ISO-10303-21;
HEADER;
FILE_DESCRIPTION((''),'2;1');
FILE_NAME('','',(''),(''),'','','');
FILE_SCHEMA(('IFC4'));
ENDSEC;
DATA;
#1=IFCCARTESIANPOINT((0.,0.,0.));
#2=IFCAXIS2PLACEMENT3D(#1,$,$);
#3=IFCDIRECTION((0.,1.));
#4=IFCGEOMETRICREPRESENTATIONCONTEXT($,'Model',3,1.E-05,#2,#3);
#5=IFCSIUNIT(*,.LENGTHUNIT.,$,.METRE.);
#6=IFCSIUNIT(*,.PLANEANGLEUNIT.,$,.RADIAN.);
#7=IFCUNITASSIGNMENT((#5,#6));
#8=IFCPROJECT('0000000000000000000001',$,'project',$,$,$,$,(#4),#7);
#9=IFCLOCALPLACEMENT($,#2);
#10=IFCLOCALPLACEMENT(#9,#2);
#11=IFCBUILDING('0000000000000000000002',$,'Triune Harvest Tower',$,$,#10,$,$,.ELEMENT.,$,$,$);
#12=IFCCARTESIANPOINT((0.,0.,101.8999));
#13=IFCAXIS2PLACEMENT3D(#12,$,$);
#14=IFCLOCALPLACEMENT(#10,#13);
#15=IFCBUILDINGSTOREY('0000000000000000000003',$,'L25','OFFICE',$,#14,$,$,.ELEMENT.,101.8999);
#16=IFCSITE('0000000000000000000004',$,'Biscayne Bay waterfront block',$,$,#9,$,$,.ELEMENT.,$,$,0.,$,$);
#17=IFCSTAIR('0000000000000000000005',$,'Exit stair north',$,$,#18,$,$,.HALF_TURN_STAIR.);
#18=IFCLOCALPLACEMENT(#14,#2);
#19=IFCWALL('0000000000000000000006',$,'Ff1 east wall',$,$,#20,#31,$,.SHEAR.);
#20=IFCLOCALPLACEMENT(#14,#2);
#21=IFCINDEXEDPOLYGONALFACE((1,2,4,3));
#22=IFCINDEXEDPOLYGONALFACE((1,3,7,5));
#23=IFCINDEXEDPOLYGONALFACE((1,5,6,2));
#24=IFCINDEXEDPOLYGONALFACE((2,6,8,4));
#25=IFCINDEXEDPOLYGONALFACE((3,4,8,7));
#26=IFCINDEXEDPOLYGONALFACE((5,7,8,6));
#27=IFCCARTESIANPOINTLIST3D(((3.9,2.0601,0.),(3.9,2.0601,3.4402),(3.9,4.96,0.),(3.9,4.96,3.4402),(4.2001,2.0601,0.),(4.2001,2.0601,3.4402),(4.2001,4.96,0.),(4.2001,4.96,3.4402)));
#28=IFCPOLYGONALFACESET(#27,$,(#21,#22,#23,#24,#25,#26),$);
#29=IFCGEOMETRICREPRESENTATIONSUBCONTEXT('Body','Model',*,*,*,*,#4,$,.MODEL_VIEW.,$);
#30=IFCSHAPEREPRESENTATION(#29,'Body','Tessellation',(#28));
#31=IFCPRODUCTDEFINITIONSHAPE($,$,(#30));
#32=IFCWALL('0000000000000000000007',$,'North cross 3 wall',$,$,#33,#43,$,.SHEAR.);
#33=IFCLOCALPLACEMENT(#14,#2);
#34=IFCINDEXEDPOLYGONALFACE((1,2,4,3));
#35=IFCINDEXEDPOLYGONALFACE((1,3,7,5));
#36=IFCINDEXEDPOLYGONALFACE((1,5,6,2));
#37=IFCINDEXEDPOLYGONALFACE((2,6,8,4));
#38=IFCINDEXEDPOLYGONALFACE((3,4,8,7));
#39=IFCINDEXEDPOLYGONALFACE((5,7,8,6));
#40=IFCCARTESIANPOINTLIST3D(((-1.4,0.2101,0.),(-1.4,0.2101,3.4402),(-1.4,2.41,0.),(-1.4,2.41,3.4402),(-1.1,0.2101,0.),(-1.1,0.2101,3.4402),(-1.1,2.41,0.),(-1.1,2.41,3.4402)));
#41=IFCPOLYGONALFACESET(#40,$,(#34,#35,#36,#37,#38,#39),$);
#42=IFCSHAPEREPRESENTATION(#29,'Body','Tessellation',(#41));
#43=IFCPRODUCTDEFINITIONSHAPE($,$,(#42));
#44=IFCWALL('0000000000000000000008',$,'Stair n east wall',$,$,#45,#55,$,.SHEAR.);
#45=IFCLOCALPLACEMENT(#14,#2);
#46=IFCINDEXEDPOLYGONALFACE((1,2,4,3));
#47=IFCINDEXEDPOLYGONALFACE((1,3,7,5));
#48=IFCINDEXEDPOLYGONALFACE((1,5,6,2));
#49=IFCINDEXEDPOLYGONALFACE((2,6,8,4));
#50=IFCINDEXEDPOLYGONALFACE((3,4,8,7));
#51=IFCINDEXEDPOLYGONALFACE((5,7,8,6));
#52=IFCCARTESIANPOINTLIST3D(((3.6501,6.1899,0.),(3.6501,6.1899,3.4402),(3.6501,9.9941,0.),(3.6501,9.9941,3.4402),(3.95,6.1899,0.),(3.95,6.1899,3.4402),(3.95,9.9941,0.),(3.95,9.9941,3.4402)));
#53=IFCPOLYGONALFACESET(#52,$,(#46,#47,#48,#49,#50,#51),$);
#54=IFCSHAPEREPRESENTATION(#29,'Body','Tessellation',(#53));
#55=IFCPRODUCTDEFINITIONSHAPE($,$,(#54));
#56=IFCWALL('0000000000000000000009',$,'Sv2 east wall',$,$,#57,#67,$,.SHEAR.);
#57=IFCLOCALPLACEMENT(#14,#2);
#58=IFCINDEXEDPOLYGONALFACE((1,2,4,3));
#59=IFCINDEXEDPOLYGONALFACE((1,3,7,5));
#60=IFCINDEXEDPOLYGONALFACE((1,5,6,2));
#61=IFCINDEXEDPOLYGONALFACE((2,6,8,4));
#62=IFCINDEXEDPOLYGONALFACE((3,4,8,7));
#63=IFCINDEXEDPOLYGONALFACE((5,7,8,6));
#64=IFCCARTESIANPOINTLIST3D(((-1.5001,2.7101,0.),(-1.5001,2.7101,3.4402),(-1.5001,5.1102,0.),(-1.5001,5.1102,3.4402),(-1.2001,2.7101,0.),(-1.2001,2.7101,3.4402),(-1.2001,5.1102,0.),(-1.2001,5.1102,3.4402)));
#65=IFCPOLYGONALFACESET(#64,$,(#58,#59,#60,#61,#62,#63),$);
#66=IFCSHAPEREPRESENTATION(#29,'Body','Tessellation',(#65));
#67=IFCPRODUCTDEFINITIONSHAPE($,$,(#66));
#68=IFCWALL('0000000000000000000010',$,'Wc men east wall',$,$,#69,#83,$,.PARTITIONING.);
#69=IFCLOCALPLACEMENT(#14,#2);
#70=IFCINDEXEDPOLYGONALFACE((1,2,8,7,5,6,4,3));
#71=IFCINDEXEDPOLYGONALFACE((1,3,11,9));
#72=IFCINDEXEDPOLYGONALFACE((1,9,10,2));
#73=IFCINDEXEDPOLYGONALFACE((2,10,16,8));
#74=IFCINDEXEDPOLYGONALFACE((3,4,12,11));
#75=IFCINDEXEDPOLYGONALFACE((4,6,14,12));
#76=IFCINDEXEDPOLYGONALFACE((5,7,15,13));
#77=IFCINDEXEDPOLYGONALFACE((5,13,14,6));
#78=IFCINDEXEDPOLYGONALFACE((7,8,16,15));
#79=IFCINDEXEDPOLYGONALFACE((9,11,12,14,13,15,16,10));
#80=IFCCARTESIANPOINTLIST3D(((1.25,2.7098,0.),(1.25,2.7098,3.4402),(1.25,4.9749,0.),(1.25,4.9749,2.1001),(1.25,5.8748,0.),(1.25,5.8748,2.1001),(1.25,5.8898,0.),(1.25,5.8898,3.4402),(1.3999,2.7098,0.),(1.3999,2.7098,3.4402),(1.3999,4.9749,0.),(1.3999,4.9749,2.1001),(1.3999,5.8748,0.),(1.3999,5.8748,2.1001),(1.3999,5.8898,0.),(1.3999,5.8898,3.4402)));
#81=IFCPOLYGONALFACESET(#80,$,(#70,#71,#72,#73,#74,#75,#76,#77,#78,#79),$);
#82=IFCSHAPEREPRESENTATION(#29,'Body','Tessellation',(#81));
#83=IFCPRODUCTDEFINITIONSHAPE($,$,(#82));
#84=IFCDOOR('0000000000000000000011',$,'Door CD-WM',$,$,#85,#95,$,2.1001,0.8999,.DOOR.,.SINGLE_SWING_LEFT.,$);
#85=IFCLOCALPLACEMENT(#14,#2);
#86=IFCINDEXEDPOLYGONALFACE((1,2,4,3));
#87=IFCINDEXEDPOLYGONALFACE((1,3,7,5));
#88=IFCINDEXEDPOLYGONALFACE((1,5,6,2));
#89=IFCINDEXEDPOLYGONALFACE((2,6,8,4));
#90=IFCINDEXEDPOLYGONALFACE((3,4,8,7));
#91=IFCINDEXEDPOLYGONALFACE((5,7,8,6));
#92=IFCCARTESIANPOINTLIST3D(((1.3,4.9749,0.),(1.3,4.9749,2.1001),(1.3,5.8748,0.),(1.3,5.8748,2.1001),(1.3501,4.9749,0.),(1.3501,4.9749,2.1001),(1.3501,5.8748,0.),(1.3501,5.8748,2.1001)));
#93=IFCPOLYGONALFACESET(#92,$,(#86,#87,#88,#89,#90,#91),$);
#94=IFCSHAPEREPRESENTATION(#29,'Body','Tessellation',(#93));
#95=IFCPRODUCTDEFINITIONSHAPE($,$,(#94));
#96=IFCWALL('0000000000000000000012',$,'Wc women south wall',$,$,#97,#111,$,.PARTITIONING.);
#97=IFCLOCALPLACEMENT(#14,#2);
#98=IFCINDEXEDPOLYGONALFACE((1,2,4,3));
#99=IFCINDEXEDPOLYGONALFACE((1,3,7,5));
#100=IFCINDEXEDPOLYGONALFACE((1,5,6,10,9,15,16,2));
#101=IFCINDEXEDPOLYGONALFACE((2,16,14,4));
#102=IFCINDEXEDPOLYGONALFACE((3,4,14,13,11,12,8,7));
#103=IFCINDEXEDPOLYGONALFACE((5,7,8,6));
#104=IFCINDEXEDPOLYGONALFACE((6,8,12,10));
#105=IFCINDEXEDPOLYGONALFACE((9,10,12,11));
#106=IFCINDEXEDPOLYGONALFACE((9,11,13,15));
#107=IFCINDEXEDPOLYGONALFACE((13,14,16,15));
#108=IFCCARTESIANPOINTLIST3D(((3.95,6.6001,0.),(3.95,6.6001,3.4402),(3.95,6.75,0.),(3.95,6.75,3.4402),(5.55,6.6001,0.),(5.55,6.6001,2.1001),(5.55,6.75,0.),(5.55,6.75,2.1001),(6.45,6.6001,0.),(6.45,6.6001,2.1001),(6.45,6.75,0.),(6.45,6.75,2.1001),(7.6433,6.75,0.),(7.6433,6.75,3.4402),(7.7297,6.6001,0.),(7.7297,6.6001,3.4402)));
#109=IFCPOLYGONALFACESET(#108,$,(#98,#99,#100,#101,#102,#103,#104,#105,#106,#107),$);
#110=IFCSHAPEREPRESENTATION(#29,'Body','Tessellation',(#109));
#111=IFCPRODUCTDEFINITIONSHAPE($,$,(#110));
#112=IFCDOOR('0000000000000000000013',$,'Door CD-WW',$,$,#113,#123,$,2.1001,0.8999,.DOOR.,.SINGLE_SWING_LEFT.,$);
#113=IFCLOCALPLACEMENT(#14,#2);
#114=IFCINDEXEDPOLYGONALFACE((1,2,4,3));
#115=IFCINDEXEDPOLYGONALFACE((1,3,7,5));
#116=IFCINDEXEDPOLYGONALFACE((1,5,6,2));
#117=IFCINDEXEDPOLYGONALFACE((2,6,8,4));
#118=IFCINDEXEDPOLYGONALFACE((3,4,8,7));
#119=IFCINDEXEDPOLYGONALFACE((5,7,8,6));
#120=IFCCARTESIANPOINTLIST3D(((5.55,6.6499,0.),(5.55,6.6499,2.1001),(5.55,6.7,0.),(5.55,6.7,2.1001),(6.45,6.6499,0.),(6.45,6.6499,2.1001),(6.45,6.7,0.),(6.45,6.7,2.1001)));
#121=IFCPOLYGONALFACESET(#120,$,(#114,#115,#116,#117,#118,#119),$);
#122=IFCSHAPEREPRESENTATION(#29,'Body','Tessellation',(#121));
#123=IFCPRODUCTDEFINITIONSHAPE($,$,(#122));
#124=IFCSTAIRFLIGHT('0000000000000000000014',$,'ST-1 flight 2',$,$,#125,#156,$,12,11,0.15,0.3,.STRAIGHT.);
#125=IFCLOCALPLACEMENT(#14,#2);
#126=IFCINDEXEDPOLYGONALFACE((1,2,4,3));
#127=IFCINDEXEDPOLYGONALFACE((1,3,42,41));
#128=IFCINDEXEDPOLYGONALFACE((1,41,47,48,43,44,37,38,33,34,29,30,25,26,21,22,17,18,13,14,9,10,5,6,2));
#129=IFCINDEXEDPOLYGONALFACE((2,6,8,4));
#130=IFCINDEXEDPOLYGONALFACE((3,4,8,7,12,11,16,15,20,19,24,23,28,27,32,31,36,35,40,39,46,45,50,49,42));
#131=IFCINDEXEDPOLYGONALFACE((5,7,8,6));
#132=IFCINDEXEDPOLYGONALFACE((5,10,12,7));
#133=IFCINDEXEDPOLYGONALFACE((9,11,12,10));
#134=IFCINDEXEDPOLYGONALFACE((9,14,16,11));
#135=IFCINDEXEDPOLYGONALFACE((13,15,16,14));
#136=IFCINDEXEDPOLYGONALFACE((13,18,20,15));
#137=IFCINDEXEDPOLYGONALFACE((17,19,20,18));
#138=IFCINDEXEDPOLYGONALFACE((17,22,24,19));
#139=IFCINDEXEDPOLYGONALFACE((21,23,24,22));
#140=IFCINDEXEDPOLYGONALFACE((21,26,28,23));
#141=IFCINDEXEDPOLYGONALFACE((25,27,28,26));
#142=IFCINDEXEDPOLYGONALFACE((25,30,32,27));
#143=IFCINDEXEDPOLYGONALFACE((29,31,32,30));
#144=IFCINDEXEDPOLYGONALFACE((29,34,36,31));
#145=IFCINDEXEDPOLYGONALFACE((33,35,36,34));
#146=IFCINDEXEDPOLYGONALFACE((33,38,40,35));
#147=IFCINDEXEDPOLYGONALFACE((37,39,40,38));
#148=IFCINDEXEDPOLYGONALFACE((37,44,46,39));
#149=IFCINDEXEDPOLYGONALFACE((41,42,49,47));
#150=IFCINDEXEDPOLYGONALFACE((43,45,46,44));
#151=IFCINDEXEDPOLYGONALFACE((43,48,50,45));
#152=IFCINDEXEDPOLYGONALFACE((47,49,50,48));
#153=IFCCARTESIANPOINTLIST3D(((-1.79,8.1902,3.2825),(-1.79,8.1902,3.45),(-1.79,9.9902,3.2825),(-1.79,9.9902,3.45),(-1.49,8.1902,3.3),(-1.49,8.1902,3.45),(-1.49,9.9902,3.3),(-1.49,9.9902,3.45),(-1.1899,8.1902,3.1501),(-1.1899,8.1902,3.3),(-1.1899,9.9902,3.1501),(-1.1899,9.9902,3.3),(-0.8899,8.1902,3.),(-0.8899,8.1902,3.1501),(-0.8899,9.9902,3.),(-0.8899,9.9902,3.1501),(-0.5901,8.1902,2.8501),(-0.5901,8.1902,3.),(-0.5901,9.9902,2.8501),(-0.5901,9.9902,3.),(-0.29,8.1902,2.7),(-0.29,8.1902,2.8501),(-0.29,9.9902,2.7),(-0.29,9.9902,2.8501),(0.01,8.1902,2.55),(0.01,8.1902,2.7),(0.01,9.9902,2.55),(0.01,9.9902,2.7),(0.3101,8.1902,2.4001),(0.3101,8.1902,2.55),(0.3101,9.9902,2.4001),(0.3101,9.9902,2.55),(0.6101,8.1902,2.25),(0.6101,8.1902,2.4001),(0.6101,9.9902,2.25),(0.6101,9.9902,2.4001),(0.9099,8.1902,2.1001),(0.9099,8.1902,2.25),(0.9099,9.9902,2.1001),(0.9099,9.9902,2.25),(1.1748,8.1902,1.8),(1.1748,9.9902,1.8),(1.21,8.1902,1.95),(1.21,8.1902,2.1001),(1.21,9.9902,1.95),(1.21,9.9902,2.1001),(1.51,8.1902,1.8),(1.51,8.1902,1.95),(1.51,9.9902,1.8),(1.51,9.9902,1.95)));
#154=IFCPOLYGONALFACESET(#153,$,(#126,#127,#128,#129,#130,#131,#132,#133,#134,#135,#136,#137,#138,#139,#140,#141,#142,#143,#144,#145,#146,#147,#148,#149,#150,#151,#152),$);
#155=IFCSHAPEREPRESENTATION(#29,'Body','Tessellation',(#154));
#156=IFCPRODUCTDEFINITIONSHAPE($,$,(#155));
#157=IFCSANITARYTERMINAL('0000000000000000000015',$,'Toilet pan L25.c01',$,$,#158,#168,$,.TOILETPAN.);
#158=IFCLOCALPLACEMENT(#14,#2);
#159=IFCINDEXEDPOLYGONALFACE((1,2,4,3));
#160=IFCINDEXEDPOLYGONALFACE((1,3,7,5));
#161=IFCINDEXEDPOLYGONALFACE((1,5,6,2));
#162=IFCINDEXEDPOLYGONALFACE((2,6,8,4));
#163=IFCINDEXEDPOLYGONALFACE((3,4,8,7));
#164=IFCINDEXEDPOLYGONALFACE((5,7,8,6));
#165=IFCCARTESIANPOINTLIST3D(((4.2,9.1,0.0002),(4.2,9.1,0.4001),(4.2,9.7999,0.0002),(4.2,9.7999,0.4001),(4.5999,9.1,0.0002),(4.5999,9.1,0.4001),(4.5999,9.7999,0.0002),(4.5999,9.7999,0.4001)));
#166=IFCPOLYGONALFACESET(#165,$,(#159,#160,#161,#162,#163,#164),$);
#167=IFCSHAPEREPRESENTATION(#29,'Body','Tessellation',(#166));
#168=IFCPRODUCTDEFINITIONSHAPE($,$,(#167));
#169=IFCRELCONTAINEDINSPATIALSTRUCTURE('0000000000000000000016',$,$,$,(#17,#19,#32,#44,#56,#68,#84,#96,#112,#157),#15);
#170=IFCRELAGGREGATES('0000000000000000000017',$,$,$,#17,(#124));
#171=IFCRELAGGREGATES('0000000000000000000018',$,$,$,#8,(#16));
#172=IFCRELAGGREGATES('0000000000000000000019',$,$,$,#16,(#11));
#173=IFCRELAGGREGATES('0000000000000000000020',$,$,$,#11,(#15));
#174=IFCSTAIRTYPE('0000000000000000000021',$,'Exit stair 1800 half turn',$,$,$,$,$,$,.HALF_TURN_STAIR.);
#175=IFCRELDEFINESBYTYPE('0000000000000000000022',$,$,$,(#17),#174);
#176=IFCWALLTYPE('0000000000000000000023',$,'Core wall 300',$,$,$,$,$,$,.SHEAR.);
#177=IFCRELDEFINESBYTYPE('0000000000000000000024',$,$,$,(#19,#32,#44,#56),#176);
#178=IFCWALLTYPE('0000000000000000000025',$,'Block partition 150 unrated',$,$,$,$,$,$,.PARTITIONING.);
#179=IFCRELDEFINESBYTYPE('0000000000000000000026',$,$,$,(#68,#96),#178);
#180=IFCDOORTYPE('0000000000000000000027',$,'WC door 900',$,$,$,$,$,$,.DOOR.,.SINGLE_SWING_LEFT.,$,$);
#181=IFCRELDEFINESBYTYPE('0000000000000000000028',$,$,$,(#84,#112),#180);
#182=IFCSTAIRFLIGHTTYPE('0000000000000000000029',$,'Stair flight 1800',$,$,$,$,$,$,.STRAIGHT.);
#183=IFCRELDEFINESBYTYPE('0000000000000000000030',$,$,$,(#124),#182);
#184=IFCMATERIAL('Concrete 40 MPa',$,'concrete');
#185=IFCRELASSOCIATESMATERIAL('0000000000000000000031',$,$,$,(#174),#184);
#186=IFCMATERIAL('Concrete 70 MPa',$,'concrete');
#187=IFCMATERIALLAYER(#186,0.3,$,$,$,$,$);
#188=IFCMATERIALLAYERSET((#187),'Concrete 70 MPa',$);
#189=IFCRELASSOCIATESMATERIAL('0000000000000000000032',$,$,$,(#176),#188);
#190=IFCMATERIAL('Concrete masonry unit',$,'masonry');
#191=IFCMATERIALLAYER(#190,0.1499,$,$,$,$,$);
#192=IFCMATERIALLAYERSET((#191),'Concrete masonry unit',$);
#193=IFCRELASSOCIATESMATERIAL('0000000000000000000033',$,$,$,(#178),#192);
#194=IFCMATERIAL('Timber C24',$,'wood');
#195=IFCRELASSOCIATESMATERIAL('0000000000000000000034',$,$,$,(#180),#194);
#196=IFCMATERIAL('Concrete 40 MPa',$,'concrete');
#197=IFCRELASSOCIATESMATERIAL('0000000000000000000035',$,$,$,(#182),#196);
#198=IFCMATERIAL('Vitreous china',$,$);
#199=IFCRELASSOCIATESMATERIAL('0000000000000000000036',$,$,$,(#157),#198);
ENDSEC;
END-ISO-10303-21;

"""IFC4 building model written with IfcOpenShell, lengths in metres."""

from ifc_helpers import new_model, si_unit, direction, frame, frame_2d, origin, origin_2d, place, context, subcontext, project, spatial, polyline, rectangle, outline, extrude, source, transform, mapped, material, layer, layer_set, type_object, element, fill, aggregate, save


model = new_model("IFC4")

# Units and contexts
model_context = context("Model", 3, precision=1e-05, world=origin(), true_north=direction((0.0, 1.0)))
body_context = subcontext(model_context, "Body", "Model", "MODEL_VIEW")
ifc_project = project(units=[si_unit("LENGTHUNIT", "METRE"), si_unit("PLANEANGLEUNIT", "RADIAN")], contexts=[model_context])

# Site, building, storey
site_placement = place(None, origin())
site = spatial("IfcSite", under=ifc_project, at=site_placement, Name="Biscayne Bay waterfront block", CompositionType="ELEMENT", RefElevation=0.0)
building_placement = place(site_placement, origin())
building = spatial("IfcBuilding", under=site, at=building_placement, Name="Triune Harvest Tower", CompositionType="ELEMENT")
storey_placement = place(building_placement, frame((0.0, 0.0, 101.8999)))
storey = spatial("IfcBuildingStorey", under=building, at=storey_placement, Name="L25", Description="OFFICE", CompositionType="ELEMENT", Elevation=101.8999)

# Stair
ifc_material_1 = material(Name="Concrete 40 MPa", Category="concrete")
stair_type = type_object("IfcStairType", Name="Exit stair 1800 half turn", PredefinedType="HALF_TURN_STAIR", material=ifc_material_1)
stair_1_placement = place(storey_placement, origin())
stair_1 = element("IfcStair", 1, at=stair_1_placement, inside=storey, type_object=stair_type, Name="Exit stair north", PredefinedType="HALF_TURN_STAIR")

# Shared definitions
ifc_material_2 = material(Name="Concrete 70 MPa", Category="concrete")
ifc_layer_1 = layer(ifc_material_2, 0.3)
ifc_layer_set_1 = layer_set([ifc_layer_1], Name="Concrete 70 MPa")
wall_type_1 = type_object("IfcWallType", Name="Core wall 300", PredefinedType="SHEAR", material=ifc_layer_set_1)

# Walls
shared_shape_1 = source(origin(), body_context, "Body", "SweptSolid", [
    extrude(rectangle(XDim=2.8999, YDim=0.3, at=frame_2d((1.45, 0.0))), origin(), (0.0, 0.0, 1.0), 3.4402),
])
wall_1_placement = place(storey_placement, frame((4.05, 2.0601, 0.0), z_axis=(0.0, 0.0, 1.0), x_axis=(0.0, 1.0, 0.0)))
element("IfcWall", 2, at=wall_1_placement, inside=storey, type_object=wall_type_1, Name="Ff1 east wall", PredefinedType="SHEAR", context=body_context, shape_type="MappedRepresentation", body=[
    mapped(shared_shape_1, transform((0.0, 0.0, 0.0), scale=1.0)),
])
shared_shape_2 = source(origin(), body_context, "Body", "SweptSolid", [
    extrude(rectangle(XDim=2.2, YDim=0.3, at=frame_2d((1.1001, 0.0))), origin(), (0.0, 0.0, 1.0), 3.4402),
])
wall_2_placement = place(storey_placement, frame((-1.25, 0.21, 0.0), z_axis=(0.0, 0.0, 1.0), x_axis=(0.0, 1.0, 0.0)))
element("IfcWall", 3, at=wall_2_placement, inside=storey, type_object=wall_type_1, Name="North cross 3 wall", PredefinedType="SHEAR", context=body_context, shape_type="MappedRepresentation", body=[
    mapped(shared_shape_2, transform((0.0, 0.0, 0.0), scale=1.0)),
])
shared_shape_3 = source(origin(), body_context, "Body", "SweptSolid", [
    extrude(outline(polyline([(0.0, -0.1499), (0.0, 0.1499), (3.8042, 0.1499), (3.8042, -0.1499), (0.0, -0.1499)])), origin(), (0.0, 0.0, 1.0), 3.4402),
])
wall_3_placement = place(storey_placement, frame((3.8, 6.1899, 0.0), z_axis=(0.0, 0.0, 1.0), x_axis=(0.0, 1.0, 0.0)))
element("IfcWall", 4, at=wall_3_placement, inside=storey, type_object=wall_type_1, Name="Stair n east wall", PredefinedType="SHEAR", context=body_context, shape_type="MappedRepresentation", body=[
    mapped(shared_shape_3, transform((0.0, 0.0, 0.0), scale=1.0)),
])
shared_shape_4 = source(origin(), body_context, "Body", "SweptSolid", [
    extrude(rectangle(XDim=2.4001, YDim=0.3, at=frame_2d((1.2002, 0.0))), origin(), (0.0, 0.0, 1.0), 3.4402),
])
wall_4_placement = place(storey_placement, frame((-1.3501, 2.71, 0.0), z_axis=(0.0, 0.0, 1.0), x_axis=(0.0, 1.0, 0.0)))
element("IfcWall", 5, at=wall_4_placement, inside=storey, type_object=wall_type_1, Name="Sv2 east wall", PredefinedType="SHEAR", context=body_context, shape_type="MappedRepresentation", body=[
    mapped(shared_shape_4, transform((0.0, 0.0, 0.0), scale=1.0)),
])

# Walls, openings, doors
ifc_material_3 = material(Name="Concrete masonry unit", Category="masonry")
ifc_layer_2 = layer(ifc_material_3, 0.1499)
ifc_layer_set_2 = layer_set([ifc_layer_2], Name="Concrete masonry unit")
wall_type_2 = type_object("IfcWallType", Name="Block partition 150 unrated", PredefinedType="PARTITIONING", material=ifc_layer_set_2)
shared_shape_5 = source(origin(), body_context, "Body", "SweptSolid", [
    extrude(rectangle(XDim=3.1799, YDim=0.1499, at=frame_2d((1.5898, 0.0))), origin(), (0.0, 0.0, 1.0), 3.4402),
])
wall_5_placement = place(storey_placement, frame((1.325, 2.71, 0.0), z_axis=(0.0, 0.0, 1.0), x_axis=(0.0, 1.0, 0.0)))
wall_5 = element("IfcWall", 6, at=wall_5_placement, inside=storey, type_object=wall_type_2, Name="Wc men east wall", PredefinedType="PARTITIONING", context=body_context, shape_type="MappedRepresentation", body=[
    mapped(shared_shape_5, transform((0.0, 0.0, 0.0), scale=1.0)),
])
opening_1_placement = place(wall_5_placement, frame((2.2649, 0.0, 0.0)))
opening_1 = element("IfcOpeningElement", 7, at=opening_1_placement, cuts=wall_5, PredefinedType="OPENING", context=body_context, shape_type="SweptSolid", body=[
    extrude(rectangle(XDim=0.8999, YDim=2.1001, at=frame_2d((0.45, 1.05))), frame((0.0, 0.085, 0.0), z_axis=(0.0, -1.0, 0.0), x_axis=(1.0, 0.0, 0.0)), (0.0, 0.0, 1.0), 0.1699),
])
ifc_material_4 = material(Name="Timber C24", Category="wood")
door_type_1 = type_object("IfcDoorType", Name="WC door 900", OperationType="SINGLE_SWING_LEFT", PredefinedType="DOOR", material=ifc_material_4)
door_1_placement = place(opening_1_placement, origin())
door_1 = element("IfcDoor", 8, at=door_1_placement, inside=storey, type_object=door_type_1, Name="Door CD-WM", OperationType="SINGLE_SWING_LEFT", OverallHeight=2.1001, OverallWidth=0.8999, PredefinedType="DOOR", context=body_context, shape_type="SweptSolid", body=[
    extrude(rectangle(XDim=0.8999, YDim=2.1001, at=frame_2d((0.45, 1.05))), frame((0.0, 0.0249, 0.0), z_axis=(0.0, -1.0, 0.0), x_axis=(1.0, 0.0, 0.0)), (0.0, 0.0, 1.0), 0.05),
])
fill(opening_1, door_1)
shared_shape_6 = source(origin(), body_context, "Body", "SweptSolid", [
    extrude(outline(polyline([(0.0, -0.075), (0.0, 0.075), (3.6934, 0.075), (3.7798, -0.075), (0.0, -0.075)])), origin(), (0.0, 0.0, 1.0), 3.4402),
])
wall_6_placement = place(storey_placement, frame((3.95, 6.675, 0.0), z_axis=(0.0, 0.0, 1.0), x_axis=(1.0, 0.0, 0.0)))
wall_6 = element("IfcWall", 9, at=wall_6_placement, inside=storey, type_object=wall_type_2, Name="Wc women south wall", PredefinedType="PARTITIONING", context=body_context, shape_type="MappedRepresentation", body=[
    mapped(shared_shape_6, transform((0.0, 0.0, 0.0), scale=1.0)),
])
opening_2_placement = place(wall_6_placement, frame((1.6001, 0.0, 0.0)))
opening_2 = element("IfcOpeningElement", 10, at=opening_2_placement, cuts=wall_6, PredefinedType="OPENING", context=body_context, shape_type="SweptSolid", body=[
    extrude(rectangle(XDim=0.8999, YDim=2.1001, at=frame_2d((0.45, 1.05))), frame((0.0, 0.085, 0.0), z_axis=(0.0, -1.0, 0.0), x_axis=(1.0, 0.0, 0.0)), (0.0, 0.0, 1.0), 0.1699),
])
door_2_placement = place(opening_2_placement, origin())
door_2 = element("IfcDoor", 11, at=door_2_placement, inside=storey, type_object=door_type_1, Name="Door CD-WW", OperationType="SINGLE_SWING_LEFT", OverallHeight=2.1001, OverallWidth=0.8999, PredefinedType="DOOR", context=body_context, shape_type="SweptSolid", body=[
    extrude(rectangle(XDim=0.8999, YDim=2.1001, at=frame_2d((0.45, 1.05))), frame((0.0, 0.0249, 0.0), z_axis=(0.0, -1.0, 0.0), x_axis=(1.0, 0.0, 0.0)), (0.0, 0.0, 1.0), 0.05),
])
fill(opening_2, door_2)

# Stair flight
ifc_material_5 = material(Name="Concrete 40 MPa", Category="concrete")
stair_flight_type = type_object("IfcStairFlightType", Name="Stair flight 1800", PredefinedType="STRAIGHT", material=ifc_material_5)
shared_shape_7 = source(origin(), body_context, "Body", "SweptSolid", [
    extrude(outline(polyline([(0.0, 0.0), (0.0, 0.1499), (0.3, 0.1499), (0.3, 0.3), (0.6001, 0.3), (0.6001, 0.45), (0.8999, 0.45), (0.8999, 0.6001), (1.2, 0.6001), (1.2, 0.75), (1.5, 0.75), (1.5, 0.8999), (1.8, 0.8999), (1.8, 1.05), (2.1001, 1.05), (2.1001, 1.2), (2.3999, 1.2), (2.3999, 1.3501), (2.7, 1.3501), (2.7, 1.5), (3.0, 1.5), (3.0, 1.6499), (3.3, 1.6499), (3.3, 1.8), (3.3, 1.4824), (0.3352, 0.0), (0.0, 0.0)])), frame((0.0, 0.8999, 0.0), z_axis=(0.0, -1.0, 0.0), x_axis=(1.0, 0.0, 0.0)), (0.0, 0.0, 1.0), 1.8),
])
stair_flight_placement = place(storey_placement, frame((1.51, 9.0901, 1.8), z_axis=(0.0, 0.0, 1.0), x_axis=(-1.0, 0.0, 0.0)))
stair_flight = element("IfcStairFlight", 12, at=stair_flight_placement, type_object=stair_flight_type, Name="ST-1 flight 2", NumberOfRisers=12, NumberOfTreads=11, PredefinedType="STRAIGHT", RiserHeight=0.15, TreadLength=0.3, context=body_context, shape_type="MappedRepresentation", body=[
    mapped(shared_shape_7, transform((0.0, 0.0, 0.0), scale=1.0)),
])
aggregate(stair_1, [stair_flight])

# Sanitary terminal
ifc_material_6 = material(Name="Vitreous china")
shared_shape_8 = source(origin(), body_context, "Body", "SweptSolid", [
    extrude(rectangle(XDim=0.3999, YDim=0.7, at=origin_2d()), origin(), (0.0, 0.0, 1.0), 0.3999),
])
for number, where, z_axis, x_axis, name in (
    (13, (4.3999, 9.45, 0.0002), (0.0, 0.0, 1.0), (1.0, 0.0, 0.0), "Toilet pan L25.c01"),
):
    element("IfcSanitaryTerminal", number, at=place(storey_placement, frame(where, z_axis=z_axis, x_axis=x_axis)), inside=storey, material=ifc_material_6, Name=name, PredefinedType="TOILETPAN", context=body_context, shape_type="MappedRepresentation", body=[
        mapped(shared_shape_8, transform((0.0, 0.0, 0.0), scale=1.0)),
    ])

save(model, "model.ifc")
